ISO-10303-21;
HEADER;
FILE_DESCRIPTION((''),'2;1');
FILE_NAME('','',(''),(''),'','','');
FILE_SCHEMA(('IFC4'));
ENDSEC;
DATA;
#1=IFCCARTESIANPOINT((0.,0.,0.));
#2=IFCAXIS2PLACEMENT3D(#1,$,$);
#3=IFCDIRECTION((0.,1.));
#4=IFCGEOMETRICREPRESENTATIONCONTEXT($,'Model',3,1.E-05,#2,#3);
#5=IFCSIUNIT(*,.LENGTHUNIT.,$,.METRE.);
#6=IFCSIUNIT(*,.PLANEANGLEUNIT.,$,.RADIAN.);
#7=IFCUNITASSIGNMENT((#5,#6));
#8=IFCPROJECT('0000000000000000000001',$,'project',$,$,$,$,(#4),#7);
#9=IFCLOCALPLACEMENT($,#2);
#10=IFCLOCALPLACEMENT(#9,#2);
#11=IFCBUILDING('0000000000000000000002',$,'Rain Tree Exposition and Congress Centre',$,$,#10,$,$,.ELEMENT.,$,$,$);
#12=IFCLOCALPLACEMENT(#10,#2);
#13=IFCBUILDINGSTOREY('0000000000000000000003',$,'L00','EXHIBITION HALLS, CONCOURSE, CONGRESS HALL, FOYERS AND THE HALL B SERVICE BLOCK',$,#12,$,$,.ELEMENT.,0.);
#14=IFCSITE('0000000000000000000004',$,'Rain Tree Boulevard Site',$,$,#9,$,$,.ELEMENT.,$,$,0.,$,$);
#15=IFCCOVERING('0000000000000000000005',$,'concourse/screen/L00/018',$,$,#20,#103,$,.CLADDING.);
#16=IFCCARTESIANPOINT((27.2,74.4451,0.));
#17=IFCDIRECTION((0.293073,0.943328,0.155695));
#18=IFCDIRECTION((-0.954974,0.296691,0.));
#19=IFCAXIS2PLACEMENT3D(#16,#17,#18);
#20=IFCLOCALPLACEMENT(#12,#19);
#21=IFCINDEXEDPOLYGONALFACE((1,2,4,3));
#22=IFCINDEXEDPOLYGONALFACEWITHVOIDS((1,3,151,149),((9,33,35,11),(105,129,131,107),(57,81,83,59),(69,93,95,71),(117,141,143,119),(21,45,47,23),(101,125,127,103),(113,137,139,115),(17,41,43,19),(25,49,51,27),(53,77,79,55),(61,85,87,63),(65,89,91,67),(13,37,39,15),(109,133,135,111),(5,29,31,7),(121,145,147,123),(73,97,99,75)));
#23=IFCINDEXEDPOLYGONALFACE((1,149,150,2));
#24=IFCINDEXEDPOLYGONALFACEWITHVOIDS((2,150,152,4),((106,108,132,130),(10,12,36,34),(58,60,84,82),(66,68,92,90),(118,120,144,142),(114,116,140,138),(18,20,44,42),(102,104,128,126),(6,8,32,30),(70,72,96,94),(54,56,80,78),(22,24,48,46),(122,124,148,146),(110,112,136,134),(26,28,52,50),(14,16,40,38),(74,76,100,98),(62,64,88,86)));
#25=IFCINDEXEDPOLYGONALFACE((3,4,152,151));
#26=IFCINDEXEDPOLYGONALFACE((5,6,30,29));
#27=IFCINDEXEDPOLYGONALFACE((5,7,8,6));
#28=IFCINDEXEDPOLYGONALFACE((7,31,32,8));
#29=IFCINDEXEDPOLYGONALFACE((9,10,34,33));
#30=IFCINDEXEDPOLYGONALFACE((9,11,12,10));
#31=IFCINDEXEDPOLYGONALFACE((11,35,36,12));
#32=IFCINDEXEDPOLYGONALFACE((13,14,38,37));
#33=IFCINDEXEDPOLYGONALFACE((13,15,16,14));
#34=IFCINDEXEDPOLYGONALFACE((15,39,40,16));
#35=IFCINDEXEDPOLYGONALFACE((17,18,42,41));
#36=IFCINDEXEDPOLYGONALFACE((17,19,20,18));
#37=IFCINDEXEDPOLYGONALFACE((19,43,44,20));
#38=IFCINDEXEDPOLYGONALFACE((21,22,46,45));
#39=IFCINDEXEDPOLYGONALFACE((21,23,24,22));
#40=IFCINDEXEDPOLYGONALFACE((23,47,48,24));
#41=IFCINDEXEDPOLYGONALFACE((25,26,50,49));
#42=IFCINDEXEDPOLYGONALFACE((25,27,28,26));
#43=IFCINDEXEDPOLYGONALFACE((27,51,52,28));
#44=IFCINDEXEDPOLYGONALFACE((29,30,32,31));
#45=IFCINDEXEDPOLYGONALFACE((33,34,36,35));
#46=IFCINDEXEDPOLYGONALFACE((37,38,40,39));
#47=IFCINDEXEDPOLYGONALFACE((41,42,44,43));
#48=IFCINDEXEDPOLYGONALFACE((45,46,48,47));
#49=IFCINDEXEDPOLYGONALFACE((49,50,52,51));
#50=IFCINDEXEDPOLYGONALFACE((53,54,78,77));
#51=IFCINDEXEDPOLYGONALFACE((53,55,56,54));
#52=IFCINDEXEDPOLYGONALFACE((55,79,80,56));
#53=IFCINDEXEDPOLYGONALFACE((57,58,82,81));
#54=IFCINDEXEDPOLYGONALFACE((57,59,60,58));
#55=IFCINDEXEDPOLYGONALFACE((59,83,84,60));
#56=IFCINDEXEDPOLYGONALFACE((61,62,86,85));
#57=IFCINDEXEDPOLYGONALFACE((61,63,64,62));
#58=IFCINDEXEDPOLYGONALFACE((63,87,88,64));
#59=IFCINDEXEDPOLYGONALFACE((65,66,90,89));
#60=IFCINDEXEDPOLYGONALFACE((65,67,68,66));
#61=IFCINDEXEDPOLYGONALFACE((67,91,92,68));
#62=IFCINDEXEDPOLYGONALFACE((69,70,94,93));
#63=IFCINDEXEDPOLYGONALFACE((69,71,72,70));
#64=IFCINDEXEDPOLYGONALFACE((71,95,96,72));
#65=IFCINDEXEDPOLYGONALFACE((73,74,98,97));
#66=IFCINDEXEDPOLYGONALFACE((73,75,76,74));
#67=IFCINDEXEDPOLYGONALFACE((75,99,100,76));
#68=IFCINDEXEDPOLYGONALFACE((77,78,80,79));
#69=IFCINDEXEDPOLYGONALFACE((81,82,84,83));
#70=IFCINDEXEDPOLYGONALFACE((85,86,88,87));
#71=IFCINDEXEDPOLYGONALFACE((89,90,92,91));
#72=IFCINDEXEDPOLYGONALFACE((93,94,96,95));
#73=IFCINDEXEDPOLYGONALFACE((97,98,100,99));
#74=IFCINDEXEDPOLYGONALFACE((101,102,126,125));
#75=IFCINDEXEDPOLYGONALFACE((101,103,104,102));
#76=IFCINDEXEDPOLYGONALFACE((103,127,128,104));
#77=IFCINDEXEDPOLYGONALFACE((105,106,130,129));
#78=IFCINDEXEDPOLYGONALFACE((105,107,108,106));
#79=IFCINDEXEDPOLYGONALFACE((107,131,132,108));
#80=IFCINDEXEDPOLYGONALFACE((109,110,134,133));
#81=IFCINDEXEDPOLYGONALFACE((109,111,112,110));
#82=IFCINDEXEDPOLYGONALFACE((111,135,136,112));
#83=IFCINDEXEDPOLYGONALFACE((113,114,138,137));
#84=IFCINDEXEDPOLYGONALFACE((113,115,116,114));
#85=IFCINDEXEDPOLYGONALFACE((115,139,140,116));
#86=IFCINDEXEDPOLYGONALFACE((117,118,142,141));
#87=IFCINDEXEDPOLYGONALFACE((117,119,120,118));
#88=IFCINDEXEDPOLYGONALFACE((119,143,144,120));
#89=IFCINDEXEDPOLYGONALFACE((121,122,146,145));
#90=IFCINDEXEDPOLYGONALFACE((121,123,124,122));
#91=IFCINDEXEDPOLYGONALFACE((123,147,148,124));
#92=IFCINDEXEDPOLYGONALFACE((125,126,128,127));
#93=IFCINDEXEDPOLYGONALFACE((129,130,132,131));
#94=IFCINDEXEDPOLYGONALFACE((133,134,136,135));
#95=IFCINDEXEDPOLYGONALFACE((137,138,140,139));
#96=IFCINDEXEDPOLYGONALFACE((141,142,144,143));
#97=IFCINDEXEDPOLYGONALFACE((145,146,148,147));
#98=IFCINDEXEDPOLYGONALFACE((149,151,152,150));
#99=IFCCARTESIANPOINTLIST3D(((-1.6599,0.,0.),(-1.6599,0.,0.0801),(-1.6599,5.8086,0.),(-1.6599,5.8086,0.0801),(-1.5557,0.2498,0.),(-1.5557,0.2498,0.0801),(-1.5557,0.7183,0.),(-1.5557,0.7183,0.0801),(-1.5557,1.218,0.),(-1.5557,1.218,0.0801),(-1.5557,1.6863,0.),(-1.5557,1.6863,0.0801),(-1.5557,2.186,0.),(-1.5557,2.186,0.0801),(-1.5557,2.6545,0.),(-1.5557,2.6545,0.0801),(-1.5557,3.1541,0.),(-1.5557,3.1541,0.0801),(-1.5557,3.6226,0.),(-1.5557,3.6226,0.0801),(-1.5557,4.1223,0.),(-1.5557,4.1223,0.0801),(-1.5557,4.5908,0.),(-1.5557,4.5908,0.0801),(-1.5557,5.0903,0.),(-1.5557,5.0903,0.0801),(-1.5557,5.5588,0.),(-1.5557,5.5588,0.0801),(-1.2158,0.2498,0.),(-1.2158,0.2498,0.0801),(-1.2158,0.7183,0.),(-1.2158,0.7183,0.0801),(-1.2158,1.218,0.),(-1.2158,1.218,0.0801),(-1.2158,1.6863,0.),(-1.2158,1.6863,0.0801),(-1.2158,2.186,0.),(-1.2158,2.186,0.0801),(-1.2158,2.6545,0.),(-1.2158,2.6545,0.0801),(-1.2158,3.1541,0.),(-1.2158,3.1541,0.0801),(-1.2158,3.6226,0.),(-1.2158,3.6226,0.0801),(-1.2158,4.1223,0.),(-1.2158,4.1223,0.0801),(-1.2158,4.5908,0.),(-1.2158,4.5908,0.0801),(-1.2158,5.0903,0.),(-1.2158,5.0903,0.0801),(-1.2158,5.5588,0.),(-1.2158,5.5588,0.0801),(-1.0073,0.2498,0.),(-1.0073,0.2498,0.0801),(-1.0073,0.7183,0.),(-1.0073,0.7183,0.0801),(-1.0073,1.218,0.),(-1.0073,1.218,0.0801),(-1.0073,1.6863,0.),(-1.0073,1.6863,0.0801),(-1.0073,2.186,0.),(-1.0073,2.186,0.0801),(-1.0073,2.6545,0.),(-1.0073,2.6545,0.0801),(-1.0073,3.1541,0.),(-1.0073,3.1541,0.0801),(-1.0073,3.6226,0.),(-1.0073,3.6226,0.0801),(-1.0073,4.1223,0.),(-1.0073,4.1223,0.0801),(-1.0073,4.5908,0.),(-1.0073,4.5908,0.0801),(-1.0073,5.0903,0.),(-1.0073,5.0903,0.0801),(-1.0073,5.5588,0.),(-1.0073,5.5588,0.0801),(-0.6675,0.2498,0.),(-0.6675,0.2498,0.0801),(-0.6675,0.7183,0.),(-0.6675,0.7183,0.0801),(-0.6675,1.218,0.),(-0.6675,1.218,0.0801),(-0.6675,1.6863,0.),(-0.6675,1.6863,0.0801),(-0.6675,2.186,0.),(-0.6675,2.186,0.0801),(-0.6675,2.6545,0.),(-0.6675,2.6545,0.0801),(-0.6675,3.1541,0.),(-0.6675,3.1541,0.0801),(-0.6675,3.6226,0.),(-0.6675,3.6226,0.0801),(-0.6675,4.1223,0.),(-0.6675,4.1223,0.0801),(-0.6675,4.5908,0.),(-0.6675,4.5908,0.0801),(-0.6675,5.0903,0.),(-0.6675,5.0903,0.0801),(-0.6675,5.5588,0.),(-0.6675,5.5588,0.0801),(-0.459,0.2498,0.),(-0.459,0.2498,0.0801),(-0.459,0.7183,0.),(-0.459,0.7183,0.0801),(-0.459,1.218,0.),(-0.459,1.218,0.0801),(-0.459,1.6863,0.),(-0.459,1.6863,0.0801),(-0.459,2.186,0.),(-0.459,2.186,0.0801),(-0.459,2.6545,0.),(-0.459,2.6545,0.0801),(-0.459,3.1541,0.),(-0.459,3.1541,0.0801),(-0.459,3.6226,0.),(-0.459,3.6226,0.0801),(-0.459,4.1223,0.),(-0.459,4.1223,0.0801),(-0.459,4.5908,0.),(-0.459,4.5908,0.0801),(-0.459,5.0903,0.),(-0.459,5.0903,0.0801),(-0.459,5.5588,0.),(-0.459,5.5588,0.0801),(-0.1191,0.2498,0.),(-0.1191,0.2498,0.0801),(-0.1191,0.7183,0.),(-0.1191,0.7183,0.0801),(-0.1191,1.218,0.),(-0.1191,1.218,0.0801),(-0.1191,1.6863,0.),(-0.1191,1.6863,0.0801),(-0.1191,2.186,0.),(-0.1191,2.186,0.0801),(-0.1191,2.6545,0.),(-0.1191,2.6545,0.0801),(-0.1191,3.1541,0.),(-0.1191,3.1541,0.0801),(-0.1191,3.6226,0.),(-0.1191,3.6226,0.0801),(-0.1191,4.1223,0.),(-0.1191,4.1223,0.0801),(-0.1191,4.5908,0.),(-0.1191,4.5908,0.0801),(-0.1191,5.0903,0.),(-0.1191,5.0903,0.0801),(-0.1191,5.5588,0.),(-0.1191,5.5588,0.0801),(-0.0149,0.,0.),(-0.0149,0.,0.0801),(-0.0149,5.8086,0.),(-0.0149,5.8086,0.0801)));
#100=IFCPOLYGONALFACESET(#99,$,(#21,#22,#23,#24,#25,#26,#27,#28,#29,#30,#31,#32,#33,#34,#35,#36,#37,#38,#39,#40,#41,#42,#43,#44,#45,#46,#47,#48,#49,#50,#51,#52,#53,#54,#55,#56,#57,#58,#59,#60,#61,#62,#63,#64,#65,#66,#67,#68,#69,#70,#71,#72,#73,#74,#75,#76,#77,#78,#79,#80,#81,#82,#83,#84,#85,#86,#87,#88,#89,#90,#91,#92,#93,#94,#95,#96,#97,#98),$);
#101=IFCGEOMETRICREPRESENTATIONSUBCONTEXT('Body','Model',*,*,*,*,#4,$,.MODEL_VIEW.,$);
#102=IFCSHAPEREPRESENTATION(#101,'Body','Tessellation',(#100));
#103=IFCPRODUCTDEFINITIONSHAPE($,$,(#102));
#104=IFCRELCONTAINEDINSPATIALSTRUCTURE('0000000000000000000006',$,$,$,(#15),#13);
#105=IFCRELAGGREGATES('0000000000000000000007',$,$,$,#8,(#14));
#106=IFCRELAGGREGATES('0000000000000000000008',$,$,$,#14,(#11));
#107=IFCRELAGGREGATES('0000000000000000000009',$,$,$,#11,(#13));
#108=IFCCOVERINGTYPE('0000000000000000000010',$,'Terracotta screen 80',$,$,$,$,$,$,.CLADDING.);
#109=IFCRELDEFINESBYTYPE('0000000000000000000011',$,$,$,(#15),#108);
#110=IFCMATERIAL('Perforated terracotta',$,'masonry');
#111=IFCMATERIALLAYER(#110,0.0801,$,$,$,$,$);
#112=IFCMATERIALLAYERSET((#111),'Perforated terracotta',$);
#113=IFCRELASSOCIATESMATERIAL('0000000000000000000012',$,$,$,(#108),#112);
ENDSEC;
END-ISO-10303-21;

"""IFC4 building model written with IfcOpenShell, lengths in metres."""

from ifc_helpers import new_model, si_unit, direction, frame, origin, place, context, subcontext, project, spatial, polyline, outline, extrude, material, layer, layer_set, type_object, element, save


model = new_model("IFC4")

# Units and contexts
model_context = context("Model", 3, precision=1e-05, world=origin(), true_north=direction((0.0, 1.0)))
body_context = subcontext(model_context, "Body", "Model", "MODEL_VIEW")
ifc_project = project(units=[si_unit("LENGTHUNIT", "METRE"), si_unit("PLANEANGLEUNIT", "RADIAN")], contexts=[model_context])

# Site, building, storey
site_placement = place(None, origin())
site = spatial("IfcSite", under=ifc_project, at=site_placement, Name="Rain Tree Boulevard Site", CompositionType="ELEMENT", RefElevation=0.0)
building_placement = place(site_placement, origin())
building = spatial("IfcBuilding", under=site, at=building_placement, Name="Rain Tree Exposition and Congress Centre", CompositionType="ELEMENT")
storey_placement = place(building_placement, origin())
storey = spatial("IfcBuildingStorey", under=building, at=storey_placement, Name="L00", Description="EXHIBITION HALLS, CONCOURSE, CONGRESS HALL, FOYERS AND THE HALL B SERVICE BLOCK", CompositionType="ELEMENT", Elevation=0.0)

# Covering
ifc_material_1 = material(Name="Perforated terracotta", Category="masonry")
ifc_layer_1 = layer(ifc_material_1, 0.0801)
ifc_layer_set_1 = layer_set([ifc_layer_1], Name="Perforated terracotta")
covering_type = type_object("IfcCoveringType", Name="Terracotta screen 80", PredefinedType="CLADDING", material=ifc_layer_set_1)
covering_1_placement = place(storey_placement, frame((27.2, 74.4451, 0.0), z_axis=(0.293073, 0.943328, 0.155695), x_axis=(-0.954974, 0.296691, 0.0)))
element("IfcCovering", 1, at=covering_1_placement, inside=storey, type_object=covering_type, Name="concourse/screen/L00/018", PredefinedType="CLADDING", context=body_context, shape_type="SweptSolid", body=[
    extrude(outline(polyline([(-0.0149, 0.0), (-1.6599, 0.0), (-1.6599, 5.8086), (-0.0149, 5.8086), (-0.0149, 0.0)]), holes=[polyline([(-0.1191, 0.2498), (-0.1191, 0.7183), (-0.459, 0.7183), (-0.459, 0.2498), (-0.1191, 0.2498)]), polyline([(-0.1191, 1.218), (-0.1191, 1.6863), (-0.459, 1.6863), (-0.459, 1.218), (-0.1191, 1.218)]), polyline([(-0.1191, 2.186), (-0.1191, 2.6545), (-0.459, 2.6545), (-0.459, 2.186), (-0.1191, 2.186)]), polyline([(-0.1191, 3.1541), (-0.1191, 3.6226), (-0.459, 3.6226), (-0.459, 3.1541), (-0.1191, 3.1541)]), polyline([(-0.1191, 4.1223), (-0.1191, 4.5908), (-0.459, 4.5908), (-0.459, 4.1223), (-0.1191, 4.1223)]), polyline([(-0.1191, 5.0903), (-0.1191, 5.5588), (-0.459, 5.5588), (-0.459, 5.0903), (-0.1191, 5.0903)]), polyline([(-0.6675, 0.2498), (-0.6675, 0.7183), (-1.0073, 0.7183), (-1.0073, 0.2498), (-0.6675, 0.2498)]), polyline([(-0.6675, 1.218), (-0.6675, 1.6863), (-1.0073, 1.6863), (-1.0073, 1.218), (-0.6675, 1.218)]), polyline([(-0.6675, 2.186), (-0.6675, 2.6545), (-1.0073, 2.6545), (-1.0073, 2.186), (-0.6675, 2.186)]), polyline([(-0.6675, 3.1541), (-0.6675, 3.6226), (-1.0073, 3.6226), (-1.0073, 3.1541), (-0.6675, 3.1541)]), polyline([(-0.6675, 4.1223), (-0.6675, 4.5908), (-1.0073, 4.5908), (-1.0073, 4.1223), (-0.6675, 4.1223)]), polyline([(-0.6675, 5.0903), (-0.6675, 5.5588), (-1.0073, 5.5588), (-1.0073, 5.0903), (-0.6675, 5.0903)]), polyline([(-1.2158, 0.2498), (-1.2158, 0.7183), (-1.5557, 0.7183), (-1.5557, 0.2498), (-1.2158, 0.2498)]), polyline([(-1.2158, 1.218), (-1.2158, 1.6863), (-1.5557, 1.6863), (-1.5557, 1.218), (-1.2158, 1.218)]), polyline([(-1.2158, 2.186), (-1.2158, 2.6545), (-1.5557, 2.6545), (-1.5557, 2.186), (-1.2158, 2.186)]), polyline([(-1.2158, 3.1541), (-1.2158, 3.6226), (-1.5557, 3.6226), (-1.5557, 3.1541), (-1.2158, 3.1541)]), polyline([(-1.2158, 4.1223), (-1.2158, 4.5908), (-1.5557, 4.5908), (-1.5557, 4.1223), (-1.2158, 4.1223)]), polyline([(-1.2158, 5.0903), (-1.2158, 5.5588), (-1.5557, 5.5588), (-1.5557, 5.0903), (-1.2158, 5.0903)])]), origin(), (0.0, 0.0, 1.0), 0.0801),
])

save(model, "model.ifc")
